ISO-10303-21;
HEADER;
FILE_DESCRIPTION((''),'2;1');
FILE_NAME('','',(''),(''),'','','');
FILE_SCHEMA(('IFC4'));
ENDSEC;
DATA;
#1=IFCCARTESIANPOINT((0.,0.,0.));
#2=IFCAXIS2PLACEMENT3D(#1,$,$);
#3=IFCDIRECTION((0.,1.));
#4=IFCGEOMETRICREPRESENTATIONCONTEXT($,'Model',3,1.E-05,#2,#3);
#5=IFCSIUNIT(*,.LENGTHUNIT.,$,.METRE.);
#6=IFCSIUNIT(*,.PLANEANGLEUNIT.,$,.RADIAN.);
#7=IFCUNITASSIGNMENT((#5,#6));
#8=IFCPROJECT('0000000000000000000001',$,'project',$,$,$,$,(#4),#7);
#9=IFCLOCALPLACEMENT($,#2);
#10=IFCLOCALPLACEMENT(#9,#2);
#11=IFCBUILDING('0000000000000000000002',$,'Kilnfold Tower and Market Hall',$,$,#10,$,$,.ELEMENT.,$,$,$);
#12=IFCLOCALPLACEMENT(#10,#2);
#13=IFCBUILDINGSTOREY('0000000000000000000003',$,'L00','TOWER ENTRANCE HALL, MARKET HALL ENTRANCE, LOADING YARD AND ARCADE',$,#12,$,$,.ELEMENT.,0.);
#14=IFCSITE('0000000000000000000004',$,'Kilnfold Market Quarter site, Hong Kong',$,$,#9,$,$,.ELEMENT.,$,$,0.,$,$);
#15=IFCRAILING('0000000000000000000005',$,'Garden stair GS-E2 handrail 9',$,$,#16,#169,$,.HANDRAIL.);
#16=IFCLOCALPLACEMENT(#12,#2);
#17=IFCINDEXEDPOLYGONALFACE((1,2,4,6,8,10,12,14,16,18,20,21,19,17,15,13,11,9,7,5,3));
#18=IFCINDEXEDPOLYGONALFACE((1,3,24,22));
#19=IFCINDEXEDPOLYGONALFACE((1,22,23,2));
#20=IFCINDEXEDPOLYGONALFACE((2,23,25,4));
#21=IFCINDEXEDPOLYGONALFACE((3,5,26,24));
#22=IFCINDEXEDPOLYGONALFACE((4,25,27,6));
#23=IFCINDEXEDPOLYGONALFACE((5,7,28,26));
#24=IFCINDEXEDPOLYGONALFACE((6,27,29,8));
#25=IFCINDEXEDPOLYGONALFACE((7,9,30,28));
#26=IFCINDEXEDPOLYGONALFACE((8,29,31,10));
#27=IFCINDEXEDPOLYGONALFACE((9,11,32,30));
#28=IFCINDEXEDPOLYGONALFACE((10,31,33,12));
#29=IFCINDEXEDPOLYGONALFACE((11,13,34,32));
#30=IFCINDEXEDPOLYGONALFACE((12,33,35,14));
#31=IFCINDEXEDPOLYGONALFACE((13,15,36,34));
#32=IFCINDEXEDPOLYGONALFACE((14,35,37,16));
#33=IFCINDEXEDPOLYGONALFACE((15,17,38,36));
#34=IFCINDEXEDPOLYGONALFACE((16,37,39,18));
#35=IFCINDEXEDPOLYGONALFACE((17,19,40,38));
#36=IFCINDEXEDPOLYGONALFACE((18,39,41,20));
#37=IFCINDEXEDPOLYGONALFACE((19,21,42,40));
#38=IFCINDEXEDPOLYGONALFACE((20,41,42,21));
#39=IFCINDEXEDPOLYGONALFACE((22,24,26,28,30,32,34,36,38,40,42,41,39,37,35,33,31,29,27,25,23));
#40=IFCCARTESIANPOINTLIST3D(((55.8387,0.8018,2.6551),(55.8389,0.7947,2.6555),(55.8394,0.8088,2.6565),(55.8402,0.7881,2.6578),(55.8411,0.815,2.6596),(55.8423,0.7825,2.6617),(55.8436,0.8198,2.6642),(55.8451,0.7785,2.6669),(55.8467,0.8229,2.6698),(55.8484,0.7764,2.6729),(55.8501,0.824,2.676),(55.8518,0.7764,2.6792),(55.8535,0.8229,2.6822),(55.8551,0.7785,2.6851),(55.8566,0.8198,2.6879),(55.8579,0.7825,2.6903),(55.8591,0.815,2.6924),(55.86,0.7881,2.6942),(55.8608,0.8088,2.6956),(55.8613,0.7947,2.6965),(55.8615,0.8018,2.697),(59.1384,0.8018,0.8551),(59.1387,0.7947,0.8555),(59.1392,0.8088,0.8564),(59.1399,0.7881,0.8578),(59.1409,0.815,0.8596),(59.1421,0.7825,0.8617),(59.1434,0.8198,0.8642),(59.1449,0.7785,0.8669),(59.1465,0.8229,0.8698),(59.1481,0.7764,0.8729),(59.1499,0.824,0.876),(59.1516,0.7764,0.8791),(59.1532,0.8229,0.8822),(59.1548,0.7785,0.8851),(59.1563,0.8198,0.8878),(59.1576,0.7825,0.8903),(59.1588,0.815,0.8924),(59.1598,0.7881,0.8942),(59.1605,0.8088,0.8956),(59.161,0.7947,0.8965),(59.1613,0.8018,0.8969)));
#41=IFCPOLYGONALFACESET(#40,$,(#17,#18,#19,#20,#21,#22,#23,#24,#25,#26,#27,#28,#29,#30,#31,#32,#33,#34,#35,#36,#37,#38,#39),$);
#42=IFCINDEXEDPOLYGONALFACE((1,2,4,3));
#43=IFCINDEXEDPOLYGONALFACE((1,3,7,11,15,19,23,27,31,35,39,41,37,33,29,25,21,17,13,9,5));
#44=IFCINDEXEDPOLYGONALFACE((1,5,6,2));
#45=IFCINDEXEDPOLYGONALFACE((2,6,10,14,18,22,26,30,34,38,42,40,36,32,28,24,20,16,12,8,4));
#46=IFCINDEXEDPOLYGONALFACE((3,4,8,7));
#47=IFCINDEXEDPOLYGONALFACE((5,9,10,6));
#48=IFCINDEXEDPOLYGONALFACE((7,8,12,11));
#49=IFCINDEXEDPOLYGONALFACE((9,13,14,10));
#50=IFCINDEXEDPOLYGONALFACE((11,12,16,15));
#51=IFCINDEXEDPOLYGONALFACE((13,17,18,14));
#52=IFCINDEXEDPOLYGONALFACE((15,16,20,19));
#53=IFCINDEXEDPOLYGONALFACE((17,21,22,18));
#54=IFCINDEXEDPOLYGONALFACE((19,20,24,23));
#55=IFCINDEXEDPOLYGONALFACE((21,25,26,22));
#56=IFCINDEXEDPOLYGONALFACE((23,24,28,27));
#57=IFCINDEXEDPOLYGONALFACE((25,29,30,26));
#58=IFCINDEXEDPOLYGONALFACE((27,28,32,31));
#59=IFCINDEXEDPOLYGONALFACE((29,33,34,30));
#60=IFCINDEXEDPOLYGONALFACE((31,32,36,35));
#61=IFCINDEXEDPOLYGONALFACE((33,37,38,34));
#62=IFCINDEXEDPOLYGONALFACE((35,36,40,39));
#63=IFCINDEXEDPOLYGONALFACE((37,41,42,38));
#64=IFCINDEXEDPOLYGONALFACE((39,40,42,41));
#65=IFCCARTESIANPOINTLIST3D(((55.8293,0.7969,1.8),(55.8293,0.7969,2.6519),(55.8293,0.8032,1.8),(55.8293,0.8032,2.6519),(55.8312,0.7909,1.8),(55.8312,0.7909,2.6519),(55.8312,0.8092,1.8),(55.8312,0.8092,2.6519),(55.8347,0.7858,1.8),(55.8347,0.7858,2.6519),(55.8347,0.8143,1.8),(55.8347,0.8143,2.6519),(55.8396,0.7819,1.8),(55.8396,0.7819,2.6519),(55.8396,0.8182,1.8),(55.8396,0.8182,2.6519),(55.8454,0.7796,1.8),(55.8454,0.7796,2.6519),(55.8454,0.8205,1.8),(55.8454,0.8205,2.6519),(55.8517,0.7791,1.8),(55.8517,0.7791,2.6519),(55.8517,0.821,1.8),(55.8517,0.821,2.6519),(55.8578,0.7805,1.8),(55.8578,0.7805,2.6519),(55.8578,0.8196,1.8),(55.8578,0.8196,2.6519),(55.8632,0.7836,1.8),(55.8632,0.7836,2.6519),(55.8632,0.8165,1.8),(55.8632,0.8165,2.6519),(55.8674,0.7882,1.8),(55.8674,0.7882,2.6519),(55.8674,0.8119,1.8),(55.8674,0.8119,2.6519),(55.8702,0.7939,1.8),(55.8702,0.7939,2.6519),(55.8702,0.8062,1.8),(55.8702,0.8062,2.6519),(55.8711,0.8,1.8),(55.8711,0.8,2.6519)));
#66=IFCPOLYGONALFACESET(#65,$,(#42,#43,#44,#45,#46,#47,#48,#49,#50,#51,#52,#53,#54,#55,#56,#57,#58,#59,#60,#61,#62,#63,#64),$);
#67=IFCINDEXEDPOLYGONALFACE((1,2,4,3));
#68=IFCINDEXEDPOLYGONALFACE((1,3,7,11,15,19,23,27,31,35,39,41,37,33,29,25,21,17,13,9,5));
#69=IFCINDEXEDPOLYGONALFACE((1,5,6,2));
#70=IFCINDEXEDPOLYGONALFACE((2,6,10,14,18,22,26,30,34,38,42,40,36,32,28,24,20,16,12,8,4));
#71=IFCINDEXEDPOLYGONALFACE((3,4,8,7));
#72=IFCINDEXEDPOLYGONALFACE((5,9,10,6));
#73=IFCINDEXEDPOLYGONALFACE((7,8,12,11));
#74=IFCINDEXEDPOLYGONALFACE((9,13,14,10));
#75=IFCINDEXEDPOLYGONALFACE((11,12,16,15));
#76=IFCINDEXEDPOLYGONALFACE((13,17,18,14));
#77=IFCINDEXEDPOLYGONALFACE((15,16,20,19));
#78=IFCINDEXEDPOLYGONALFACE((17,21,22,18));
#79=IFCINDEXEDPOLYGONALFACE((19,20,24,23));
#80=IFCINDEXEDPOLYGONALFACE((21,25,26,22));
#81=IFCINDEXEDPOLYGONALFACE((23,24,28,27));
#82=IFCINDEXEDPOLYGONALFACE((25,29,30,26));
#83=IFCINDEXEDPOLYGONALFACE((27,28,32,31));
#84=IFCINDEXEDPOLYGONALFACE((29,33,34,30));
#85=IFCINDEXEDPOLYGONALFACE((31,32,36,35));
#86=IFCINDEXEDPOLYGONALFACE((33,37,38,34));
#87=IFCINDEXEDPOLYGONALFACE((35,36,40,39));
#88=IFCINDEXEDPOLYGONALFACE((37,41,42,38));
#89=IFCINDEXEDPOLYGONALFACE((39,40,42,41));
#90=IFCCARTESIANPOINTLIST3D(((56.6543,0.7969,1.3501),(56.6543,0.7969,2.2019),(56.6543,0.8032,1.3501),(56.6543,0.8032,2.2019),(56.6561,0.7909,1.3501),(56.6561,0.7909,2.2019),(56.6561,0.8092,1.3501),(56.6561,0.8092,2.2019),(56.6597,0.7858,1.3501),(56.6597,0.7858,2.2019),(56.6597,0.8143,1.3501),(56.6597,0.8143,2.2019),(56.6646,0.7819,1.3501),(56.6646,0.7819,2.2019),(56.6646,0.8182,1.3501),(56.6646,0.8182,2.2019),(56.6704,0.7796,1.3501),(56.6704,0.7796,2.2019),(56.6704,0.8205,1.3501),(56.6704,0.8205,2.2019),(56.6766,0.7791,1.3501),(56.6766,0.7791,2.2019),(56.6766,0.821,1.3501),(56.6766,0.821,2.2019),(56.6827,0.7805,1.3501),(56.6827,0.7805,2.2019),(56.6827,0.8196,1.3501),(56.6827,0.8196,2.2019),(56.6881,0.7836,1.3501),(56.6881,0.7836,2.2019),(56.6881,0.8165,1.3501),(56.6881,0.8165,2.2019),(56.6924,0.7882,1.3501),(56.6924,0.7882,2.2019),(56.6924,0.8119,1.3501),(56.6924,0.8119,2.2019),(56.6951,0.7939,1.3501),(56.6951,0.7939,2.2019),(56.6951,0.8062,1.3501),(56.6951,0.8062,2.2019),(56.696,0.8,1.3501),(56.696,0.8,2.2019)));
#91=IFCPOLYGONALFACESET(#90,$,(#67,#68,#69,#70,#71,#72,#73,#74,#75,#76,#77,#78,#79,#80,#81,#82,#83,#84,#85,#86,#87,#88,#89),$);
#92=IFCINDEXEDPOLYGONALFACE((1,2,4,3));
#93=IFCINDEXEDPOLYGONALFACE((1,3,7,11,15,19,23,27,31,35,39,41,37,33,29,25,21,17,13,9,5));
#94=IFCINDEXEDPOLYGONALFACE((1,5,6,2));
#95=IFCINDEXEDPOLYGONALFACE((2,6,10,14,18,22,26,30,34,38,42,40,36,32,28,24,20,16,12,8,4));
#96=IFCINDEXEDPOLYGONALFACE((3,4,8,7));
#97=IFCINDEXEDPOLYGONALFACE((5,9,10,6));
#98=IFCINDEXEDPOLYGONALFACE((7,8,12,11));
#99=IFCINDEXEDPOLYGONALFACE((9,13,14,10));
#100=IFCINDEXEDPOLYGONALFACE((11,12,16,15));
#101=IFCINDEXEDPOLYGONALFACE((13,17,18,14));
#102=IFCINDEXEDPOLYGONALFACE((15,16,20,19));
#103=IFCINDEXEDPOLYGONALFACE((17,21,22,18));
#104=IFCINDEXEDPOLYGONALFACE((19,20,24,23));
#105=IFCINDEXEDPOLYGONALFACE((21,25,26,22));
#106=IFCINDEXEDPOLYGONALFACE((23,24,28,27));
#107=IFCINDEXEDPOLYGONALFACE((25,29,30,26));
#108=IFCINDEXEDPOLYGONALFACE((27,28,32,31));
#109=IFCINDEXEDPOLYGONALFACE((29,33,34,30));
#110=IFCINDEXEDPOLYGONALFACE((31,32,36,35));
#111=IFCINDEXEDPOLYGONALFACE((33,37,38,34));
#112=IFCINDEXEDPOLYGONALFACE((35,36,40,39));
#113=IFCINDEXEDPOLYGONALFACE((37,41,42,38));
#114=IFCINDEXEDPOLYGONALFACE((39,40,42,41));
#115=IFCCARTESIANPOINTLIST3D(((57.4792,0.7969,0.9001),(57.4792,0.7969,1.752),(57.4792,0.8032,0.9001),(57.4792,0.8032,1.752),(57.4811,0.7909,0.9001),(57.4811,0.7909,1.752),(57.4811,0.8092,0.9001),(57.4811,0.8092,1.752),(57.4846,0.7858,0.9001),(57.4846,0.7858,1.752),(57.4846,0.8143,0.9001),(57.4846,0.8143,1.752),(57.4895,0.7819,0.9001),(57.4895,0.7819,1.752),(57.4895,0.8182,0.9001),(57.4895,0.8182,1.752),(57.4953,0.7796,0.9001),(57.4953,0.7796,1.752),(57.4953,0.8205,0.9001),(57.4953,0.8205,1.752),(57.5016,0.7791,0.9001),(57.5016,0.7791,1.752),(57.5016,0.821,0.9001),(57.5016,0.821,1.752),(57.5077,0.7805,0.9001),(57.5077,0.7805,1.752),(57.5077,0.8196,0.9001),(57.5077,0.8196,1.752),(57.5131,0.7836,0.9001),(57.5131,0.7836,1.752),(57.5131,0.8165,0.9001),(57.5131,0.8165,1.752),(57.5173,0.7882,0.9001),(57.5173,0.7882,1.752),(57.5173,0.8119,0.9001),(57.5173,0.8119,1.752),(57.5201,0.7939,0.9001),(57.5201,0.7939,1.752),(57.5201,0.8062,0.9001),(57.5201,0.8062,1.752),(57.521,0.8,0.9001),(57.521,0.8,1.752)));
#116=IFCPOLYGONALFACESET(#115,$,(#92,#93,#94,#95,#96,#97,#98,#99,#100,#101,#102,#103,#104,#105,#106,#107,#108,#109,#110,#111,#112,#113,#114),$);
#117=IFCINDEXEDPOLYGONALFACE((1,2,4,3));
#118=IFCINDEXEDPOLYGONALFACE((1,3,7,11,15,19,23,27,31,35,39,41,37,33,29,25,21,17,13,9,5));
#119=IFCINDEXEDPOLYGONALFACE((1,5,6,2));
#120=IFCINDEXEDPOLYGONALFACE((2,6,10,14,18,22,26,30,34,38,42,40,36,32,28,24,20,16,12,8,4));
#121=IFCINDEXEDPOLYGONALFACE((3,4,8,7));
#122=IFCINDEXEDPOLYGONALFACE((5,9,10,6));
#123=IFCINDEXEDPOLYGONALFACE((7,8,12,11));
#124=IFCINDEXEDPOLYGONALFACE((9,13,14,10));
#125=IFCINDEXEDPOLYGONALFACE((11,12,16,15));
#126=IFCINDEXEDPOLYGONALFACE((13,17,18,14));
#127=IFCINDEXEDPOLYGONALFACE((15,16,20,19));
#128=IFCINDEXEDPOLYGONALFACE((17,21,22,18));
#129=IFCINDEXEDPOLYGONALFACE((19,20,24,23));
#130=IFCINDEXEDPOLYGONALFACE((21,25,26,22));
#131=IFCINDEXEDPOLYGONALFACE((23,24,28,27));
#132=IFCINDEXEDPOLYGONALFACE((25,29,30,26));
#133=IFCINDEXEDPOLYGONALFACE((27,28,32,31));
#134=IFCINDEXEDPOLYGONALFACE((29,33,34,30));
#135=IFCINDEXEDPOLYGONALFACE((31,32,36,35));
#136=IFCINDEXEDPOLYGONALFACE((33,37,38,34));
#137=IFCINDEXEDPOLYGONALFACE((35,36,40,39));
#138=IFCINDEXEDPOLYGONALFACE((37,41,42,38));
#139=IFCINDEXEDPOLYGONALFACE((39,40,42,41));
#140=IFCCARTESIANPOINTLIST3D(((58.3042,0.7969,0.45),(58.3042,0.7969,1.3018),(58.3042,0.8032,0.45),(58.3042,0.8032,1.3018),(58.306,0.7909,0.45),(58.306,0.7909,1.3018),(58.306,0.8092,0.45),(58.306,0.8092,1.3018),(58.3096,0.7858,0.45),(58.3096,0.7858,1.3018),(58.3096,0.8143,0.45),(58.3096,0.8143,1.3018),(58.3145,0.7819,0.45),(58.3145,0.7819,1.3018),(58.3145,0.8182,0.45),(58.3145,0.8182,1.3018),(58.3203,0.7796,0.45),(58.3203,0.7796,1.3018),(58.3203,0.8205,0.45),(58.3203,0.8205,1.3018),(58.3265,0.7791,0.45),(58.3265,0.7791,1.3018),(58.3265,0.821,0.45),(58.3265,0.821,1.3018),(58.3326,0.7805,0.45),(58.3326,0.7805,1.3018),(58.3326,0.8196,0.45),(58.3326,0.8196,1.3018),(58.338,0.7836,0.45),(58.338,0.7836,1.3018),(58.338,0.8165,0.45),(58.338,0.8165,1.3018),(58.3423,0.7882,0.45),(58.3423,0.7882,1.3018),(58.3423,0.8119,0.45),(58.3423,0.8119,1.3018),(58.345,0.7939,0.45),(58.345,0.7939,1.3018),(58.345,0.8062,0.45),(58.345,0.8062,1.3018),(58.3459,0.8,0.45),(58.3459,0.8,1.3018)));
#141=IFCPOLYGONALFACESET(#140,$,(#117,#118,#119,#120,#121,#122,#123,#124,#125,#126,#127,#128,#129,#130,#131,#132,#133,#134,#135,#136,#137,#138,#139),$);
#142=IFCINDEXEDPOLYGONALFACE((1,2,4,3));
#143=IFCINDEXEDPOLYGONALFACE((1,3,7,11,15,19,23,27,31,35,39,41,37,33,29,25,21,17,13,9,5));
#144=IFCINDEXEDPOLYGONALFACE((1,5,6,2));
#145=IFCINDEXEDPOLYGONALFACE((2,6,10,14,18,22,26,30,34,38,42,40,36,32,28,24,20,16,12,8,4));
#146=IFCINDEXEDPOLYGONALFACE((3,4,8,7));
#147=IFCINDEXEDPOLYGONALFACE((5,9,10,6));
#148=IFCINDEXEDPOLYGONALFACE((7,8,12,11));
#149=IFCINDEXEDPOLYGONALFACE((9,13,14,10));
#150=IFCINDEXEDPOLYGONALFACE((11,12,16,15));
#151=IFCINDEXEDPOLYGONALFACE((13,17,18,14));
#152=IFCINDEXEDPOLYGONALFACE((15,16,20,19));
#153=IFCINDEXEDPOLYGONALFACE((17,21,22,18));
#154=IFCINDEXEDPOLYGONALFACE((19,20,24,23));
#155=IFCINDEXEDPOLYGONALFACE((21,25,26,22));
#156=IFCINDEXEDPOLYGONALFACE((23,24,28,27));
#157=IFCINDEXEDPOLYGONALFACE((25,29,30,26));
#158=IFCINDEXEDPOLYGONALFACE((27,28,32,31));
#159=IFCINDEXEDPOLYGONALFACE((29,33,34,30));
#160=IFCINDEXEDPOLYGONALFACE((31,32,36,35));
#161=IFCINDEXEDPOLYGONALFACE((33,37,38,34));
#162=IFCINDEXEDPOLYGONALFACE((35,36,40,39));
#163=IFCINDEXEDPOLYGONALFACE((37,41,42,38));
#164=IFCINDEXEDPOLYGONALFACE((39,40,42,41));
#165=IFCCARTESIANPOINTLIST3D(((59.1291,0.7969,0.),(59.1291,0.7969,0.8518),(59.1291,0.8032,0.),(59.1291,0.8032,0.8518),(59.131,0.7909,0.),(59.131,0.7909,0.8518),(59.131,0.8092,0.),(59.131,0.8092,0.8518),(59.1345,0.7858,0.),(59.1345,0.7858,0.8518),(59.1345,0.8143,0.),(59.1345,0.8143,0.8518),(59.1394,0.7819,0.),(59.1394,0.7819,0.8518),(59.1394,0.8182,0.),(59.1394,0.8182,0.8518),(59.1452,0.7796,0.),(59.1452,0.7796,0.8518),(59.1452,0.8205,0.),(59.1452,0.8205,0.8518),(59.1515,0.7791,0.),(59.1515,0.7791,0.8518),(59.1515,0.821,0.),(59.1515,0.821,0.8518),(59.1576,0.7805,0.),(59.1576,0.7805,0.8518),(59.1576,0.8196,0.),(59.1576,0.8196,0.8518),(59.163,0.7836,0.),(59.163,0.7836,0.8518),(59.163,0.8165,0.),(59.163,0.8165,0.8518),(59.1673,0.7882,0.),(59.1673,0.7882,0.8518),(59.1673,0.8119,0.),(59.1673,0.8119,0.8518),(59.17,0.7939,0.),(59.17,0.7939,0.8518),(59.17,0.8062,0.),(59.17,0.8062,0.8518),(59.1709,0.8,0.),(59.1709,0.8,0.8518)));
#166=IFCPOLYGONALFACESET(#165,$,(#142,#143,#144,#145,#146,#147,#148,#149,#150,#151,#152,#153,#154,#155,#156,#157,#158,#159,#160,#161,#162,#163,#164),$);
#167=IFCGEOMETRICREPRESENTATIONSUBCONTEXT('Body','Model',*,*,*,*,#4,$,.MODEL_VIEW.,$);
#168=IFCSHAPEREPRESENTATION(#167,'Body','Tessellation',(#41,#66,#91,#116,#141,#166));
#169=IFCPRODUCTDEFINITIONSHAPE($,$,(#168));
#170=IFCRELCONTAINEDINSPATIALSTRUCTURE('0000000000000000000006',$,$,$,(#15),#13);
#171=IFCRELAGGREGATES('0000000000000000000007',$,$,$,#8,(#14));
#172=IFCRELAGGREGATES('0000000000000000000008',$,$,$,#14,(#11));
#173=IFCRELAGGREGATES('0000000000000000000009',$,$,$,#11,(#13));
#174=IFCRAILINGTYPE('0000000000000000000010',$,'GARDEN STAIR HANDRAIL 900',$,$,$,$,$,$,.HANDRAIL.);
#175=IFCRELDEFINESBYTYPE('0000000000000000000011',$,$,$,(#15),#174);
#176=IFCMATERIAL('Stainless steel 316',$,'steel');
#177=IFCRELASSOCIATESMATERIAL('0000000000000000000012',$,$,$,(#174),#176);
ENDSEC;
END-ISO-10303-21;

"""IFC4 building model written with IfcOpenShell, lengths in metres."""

from ifc_helpers import new_model, si_unit, direction, frame, origin, origin_2d, place, context, subcontext, project, spatial, circle, extrude, material, type_object, element, save


model = new_model("IFC4")

# Units and contexts
model_context = context("Model", 3, precision=1e-05, world=origin(), true_north=direction((0.0, 1.0)))
body_context = subcontext(model_context, "Body", "Model", "MODEL_VIEW")
ifc_project = project(units=[si_unit("LENGTHUNIT", "METRE"), si_unit("PLANEANGLEUNIT", "RADIAN")], contexts=[model_context])

# Site, building, storey
site_placement = place(None, origin())
site = spatial("IfcSite", under=ifc_project, at=site_placement, Name="Kilnfold Market Quarter site, Hong Kong", CompositionType="ELEMENT", RefElevation=0.0)
building_placement = place(site_placement, origin())
building = spatial("IfcBuilding", under=site, at=building_placement, Name="Kilnfold Tower and Market Hall", CompositionType="ELEMENT")
storey_placement = place(building_placement, origin())
storey = spatial("IfcBuildingStorey", under=building, at=storey_placement, Name="L00", Description="TOWER ENTRANCE HALL, MARKET HALL ENTRANCE, LOADING YARD AND ARCADE", CompositionType="ELEMENT", Elevation=0.0)

# Railing
ifc_material_1 = material(Name="Stainless steel 316", Category="steel")
railing_type_1 = type_object("IfcRailingType", Name="GARDEN STAIR HANDRAIL 900", PredefinedType="HANDRAIL", material=ifc_material_1)
railing_1_placement = place(storey_placement, frame((55.8501, 0.8, 1.8)))
element("IfcRailing", 1, at=railing_1_placement, inside=storey, type_object=railing_type_1, Name="Garden stair GS-E2 handrail 9", PredefinedType="HANDRAIL", context=body_context, shape_type="SweptSolid", body=[
    extrude(circle(Radius=0.0239, at=origin_2d()), frame((0.0, 0.0, 0.876), z_axis=(0.877878, 0.0, -0.478884), x_axis=(0.0, 1.0, 0.0)), (0.0, 0.0, 1.0), 3.7588),
    extrude(circle(Radius=0.021, at=origin_2d()), origin(), (0.0, 0.0, 1.0), 0.8518),
    extrude(circle(Radius=0.021, at=origin_2d()), frame((0.825, 0.0, -0.45)), (0.0, 0.0, 1.0), 0.8518),
    extrude(circle(Radius=0.021, at=origin_2d()), frame((1.6499, 0.0, -0.8999)), (0.0, 0.0, 1.0), 0.8518),
    extrude(circle(Radius=0.021, at=origin_2d()), frame((2.4749, 0.0, -1.3501)), (0.0, 0.0, 1.0), 0.8518),
    extrude(circle(Radius=0.021, at=origin_2d()), frame((3.2998, 0.0, -1.8)), (0.0, 0.0, 1.0), 0.8518),
])

save(model, "model.ifc")
